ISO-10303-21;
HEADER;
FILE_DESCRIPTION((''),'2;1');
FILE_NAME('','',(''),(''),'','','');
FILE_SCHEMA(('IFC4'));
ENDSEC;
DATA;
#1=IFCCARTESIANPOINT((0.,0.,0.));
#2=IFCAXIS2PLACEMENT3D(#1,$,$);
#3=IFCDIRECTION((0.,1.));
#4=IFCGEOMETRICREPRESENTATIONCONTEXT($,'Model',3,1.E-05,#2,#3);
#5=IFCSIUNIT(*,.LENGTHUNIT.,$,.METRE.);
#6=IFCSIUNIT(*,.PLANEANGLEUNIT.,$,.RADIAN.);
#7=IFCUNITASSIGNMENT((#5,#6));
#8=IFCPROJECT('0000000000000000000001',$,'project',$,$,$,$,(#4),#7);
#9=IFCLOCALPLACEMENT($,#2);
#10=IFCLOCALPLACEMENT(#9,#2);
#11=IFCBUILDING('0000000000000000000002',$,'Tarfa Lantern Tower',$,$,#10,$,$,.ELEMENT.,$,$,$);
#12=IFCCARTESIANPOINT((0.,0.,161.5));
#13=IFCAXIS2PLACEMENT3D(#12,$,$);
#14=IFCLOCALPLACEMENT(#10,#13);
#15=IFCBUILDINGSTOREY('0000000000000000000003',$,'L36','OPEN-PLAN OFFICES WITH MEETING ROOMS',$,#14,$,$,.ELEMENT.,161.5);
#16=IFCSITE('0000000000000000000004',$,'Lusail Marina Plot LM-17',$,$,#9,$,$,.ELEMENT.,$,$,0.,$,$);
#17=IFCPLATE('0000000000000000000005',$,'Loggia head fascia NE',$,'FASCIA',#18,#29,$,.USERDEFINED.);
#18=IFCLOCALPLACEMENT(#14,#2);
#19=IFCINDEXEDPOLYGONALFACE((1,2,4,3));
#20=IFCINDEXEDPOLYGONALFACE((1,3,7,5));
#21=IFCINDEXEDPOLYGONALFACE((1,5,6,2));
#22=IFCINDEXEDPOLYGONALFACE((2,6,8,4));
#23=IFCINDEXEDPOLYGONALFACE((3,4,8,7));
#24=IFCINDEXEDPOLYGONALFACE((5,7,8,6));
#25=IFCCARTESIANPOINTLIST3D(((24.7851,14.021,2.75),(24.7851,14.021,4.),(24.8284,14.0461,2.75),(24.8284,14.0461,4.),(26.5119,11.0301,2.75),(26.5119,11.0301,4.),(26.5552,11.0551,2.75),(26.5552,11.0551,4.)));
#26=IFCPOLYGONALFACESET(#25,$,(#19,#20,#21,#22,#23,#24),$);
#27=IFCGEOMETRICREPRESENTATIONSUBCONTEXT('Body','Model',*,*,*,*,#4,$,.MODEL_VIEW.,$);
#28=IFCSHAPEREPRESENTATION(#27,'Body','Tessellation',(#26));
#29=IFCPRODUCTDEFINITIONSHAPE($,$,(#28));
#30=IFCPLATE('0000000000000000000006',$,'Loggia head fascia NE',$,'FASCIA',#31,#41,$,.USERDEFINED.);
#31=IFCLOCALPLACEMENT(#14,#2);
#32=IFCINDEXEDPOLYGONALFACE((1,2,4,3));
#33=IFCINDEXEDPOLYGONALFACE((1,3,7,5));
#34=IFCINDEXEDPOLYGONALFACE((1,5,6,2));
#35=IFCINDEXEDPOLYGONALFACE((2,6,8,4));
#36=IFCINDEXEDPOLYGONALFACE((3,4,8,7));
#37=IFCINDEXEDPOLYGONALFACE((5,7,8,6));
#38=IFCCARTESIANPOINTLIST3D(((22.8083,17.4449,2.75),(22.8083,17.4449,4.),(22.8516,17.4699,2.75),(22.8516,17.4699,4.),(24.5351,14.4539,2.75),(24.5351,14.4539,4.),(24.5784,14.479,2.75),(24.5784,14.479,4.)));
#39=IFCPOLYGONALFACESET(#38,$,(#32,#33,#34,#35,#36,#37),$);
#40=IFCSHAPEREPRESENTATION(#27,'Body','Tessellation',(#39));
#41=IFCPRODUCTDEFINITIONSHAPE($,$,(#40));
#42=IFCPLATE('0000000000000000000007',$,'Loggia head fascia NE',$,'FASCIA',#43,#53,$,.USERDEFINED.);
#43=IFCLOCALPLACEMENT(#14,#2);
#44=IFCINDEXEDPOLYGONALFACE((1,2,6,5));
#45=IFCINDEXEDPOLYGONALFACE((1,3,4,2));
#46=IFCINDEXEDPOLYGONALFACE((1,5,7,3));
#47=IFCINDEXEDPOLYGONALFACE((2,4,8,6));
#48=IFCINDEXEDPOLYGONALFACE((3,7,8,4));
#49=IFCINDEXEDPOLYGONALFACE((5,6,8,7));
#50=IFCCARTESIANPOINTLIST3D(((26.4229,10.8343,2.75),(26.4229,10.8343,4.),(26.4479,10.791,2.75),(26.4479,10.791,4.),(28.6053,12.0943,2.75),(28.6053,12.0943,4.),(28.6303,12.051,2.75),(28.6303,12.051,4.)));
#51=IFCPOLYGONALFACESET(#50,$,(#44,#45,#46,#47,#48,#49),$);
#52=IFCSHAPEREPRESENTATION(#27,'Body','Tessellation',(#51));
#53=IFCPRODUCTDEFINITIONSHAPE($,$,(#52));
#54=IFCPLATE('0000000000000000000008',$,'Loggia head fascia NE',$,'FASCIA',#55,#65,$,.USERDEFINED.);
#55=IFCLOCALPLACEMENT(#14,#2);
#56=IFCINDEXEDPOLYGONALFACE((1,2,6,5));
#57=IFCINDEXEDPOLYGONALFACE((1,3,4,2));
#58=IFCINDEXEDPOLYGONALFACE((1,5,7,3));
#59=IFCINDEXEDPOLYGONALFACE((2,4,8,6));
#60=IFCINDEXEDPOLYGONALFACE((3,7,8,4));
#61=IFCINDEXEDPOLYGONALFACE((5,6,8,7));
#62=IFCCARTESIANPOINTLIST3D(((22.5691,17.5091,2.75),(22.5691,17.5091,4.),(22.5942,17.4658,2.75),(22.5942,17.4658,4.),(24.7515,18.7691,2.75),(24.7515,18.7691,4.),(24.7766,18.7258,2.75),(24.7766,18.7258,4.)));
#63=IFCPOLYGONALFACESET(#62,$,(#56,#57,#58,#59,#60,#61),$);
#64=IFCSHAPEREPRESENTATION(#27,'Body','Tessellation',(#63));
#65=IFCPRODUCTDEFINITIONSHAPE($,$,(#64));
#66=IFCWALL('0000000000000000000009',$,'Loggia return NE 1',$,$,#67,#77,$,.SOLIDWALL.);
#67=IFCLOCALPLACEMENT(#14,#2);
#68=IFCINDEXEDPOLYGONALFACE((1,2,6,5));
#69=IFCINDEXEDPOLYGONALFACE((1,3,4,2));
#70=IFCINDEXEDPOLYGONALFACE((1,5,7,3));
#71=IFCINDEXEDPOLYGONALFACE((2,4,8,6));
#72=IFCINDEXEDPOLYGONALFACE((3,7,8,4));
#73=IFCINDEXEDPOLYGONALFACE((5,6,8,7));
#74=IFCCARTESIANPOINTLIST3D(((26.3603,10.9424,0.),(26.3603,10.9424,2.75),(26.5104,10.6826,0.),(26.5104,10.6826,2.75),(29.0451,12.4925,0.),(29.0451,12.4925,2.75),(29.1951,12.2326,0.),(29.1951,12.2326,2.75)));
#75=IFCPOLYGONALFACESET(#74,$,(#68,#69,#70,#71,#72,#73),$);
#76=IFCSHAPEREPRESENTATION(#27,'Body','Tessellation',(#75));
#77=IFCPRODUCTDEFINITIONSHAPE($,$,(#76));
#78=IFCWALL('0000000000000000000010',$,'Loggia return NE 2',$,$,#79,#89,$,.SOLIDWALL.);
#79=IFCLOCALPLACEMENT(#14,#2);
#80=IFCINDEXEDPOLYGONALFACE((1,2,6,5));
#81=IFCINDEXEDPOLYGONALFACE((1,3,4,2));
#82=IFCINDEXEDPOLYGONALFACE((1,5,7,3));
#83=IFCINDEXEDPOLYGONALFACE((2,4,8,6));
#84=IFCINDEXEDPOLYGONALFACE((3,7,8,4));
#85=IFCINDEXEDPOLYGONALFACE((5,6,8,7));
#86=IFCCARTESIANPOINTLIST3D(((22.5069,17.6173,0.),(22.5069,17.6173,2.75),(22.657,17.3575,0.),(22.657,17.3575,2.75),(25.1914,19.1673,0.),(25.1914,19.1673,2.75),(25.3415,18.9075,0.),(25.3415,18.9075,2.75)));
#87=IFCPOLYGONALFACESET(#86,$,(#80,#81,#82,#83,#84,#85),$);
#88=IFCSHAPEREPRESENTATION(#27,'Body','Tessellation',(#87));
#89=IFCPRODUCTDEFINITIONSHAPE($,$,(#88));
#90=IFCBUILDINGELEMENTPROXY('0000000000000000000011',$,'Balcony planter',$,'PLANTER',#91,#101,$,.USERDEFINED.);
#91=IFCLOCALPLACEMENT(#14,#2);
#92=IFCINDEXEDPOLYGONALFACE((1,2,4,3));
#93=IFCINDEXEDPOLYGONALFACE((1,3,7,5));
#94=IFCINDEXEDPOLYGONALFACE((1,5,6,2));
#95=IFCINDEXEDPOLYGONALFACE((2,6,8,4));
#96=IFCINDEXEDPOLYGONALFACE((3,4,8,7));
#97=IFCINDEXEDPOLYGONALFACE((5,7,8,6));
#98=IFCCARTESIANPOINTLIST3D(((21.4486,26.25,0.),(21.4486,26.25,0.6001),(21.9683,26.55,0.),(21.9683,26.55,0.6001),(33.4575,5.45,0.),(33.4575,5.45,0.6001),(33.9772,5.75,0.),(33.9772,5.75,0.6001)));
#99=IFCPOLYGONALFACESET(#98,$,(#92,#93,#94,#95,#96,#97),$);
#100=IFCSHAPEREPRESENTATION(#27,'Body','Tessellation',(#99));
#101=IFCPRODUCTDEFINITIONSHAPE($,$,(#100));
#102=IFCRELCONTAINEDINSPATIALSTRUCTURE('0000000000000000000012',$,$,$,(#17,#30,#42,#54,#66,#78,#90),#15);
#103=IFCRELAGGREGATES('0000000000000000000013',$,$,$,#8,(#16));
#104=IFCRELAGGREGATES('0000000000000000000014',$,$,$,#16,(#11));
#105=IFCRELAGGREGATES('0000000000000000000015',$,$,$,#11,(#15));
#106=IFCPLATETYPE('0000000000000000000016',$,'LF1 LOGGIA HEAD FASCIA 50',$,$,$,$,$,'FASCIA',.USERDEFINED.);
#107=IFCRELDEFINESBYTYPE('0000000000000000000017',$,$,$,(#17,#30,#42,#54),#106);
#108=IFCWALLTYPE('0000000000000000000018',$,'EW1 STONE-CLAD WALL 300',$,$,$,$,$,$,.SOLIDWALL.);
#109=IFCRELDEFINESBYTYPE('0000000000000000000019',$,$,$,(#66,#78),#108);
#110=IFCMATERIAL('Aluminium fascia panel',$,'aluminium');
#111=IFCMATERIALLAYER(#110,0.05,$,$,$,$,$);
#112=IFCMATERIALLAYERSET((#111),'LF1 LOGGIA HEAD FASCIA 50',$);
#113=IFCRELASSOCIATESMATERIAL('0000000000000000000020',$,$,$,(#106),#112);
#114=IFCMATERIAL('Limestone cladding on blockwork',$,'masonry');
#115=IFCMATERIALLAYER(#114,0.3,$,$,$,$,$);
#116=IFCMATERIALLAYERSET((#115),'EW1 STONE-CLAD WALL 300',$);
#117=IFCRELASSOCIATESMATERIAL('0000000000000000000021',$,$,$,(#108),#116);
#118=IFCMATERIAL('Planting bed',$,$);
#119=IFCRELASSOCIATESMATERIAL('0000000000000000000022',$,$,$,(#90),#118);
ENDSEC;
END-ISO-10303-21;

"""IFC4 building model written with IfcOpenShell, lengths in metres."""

from ifc_helpers import new_model, si_unit, direction, frame, frame_2d, origin, origin_2d, place, context, subcontext, project, spatial, rectangle, extrude, material, layer, layer_set, type_object, element, save


model = new_model("IFC4")

# Units and contexts
model_context = context("Model", 3, precision=1e-05, world=origin(), true_north=direction((0.0, 1.0)))
body_context = subcontext(model_context, "Body", "Model", "MODEL_VIEW")
ifc_project = project(units=[si_unit("LENGTHUNIT", "METRE"), si_unit("PLANEANGLEUNIT", "RADIAN")], contexts=[model_context])

# Site, building, storey
site_placement = place(None, origin())
site = spatial("IfcSite", under=ifc_project, at=site_placement, Name="Lusail Marina Plot LM-17", CompositionType="ELEMENT", RefElevation=0.0)
building_placement = place(site_placement, origin())
building = spatial("IfcBuilding", under=site, at=building_placement, Name="Tarfa Lantern Tower", CompositionType="ELEMENT")
storey_placement = place(building_placement, frame((0.0, 0.0, 161.5)))
storey = spatial("IfcBuildingStorey", under=building, at=storey_placement, Name="L36", Description="OPEN-PLAN OFFICES WITH MEETING ROOMS", CompositionType="ELEMENT", Elevation=161.5)

# Plates
ifc_material_1 = material(Name="Aluminium fascia panel", Category="aluminium")
ifc_layer_1 = layer(ifc_material_1, 0.05)
ifc_layer_set_1 = layer_set([ifc_layer_1], Name="LF1 LOGGIA HEAD FASCIA 50")
plate_type_1 = type_object("IfcPlateType", Name="LF1 LOGGIA HEAD FASCIA 50", ElementType="FASCIA", PredefinedType="USERDEFINED", material=ifc_layer_set_1)
for number, where, z_axis, x_axis, name in (
    (1, (25.6702, 12.5381, 2.75), (0.0, 0.0, 1.0), (-0.5, 0.866025, 0.0), "Loggia head fascia NE"),
    (2, (23.6934, 15.9619, 2.75), (0.0, 0.0, 1.0), (-0.5, 0.866025, 0.0), "Loggia head fascia NE"),
):
    element("IfcPlate", number, at=place(storey_placement, frame(where, z_axis=z_axis, x_axis=x_axis)), inside=storey, type_object=plate_type_1, Name=name, ObjectType="FASCIA", PredefinedType="USERDEFINED", context=body_context, shape_type="SweptSolid", body=[
        extrude(rectangle(XDim=3.4536, YDim=0.05, at=origin_2d()), origin(), (0.0, 0.0, 1.0), 1.25),
    ])
for number, where, z_axis, x_axis, name in (
    (3, (27.5266, 11.4426, 2.75), (0.0, 0.0, 1.0), (-0.866025, -0.5, 0.0), "Loggia head fascia NE"),
    (4, (23.6729, 18.1174, 2.75), (0.0, 0.0, 1.0), (-0.866025, -0.5, 0.0), "Loggia head fascia NE"),
):
    element("IfcPlate", number, at=place(storey_placement, frame(where, z_axis=z_axis, x_axis=x_axis)), inside=storey, type_object=plate_type_1, Name=name, ObjectType="FASCIA", PredefinedType="USERDEFINED", context=body_context, shape_type="SweptSolid", body=[
        extrude(rectangle(XDim=2.52, YDim=0.05, at=origin_2d()), origin(), (0.0, 0.0, 1.0), 1.25),
    ])

# Walls
ifc_material_2 = material(Name="Limestone cladding on blockwork", Category="masonry")
ifc_layer_2 = layer(ifc_material_2, 0.3)
ifc_layer_set_2 = layer_set([ifc_layer_2], Name="EW1 STONE-CLAD WALL 300")
wall_type = type_object("IfcWallType", Name="EW1 STONE-CLAD WALL 300", PredefinedType="SOLIDWALL", material=ifc_layer_set_2)
wall_1_placement = place(storey_placement, frame((29.1201, 12.3625, 0.0), z_axis=(0.0, 0.0, 1.0), x_axis=(-0.86603, -0.499993, 0.0)))
element("IfcWall", 5, at=wall_1_placement, inside=storey, type_object=wall_type, Name="Loggia return NE 1", PredefinedType="SOLIDWALL", context=body_context, shape_type="SweptSolid", body=[
    extrude(rectangle(XDim=3.1001, YDim=0.3, at=frame_2d((1.55, 0.0))), origin(), (0.0, 0.0, 1.0), 2.75),
])
wall_2_placement = place(storey_placement, frame((25.2664, 19.0374, 0.0), z_axis=(0.0, 0.0, 1.0), x_axis=(-0.86601, -0.500027, 0.0)))
element("IfcWall", 6, at=wall_2_placement, inside=storey, type_object=wall_type, Name="Loggia return NE 2", PredefinedType="SOLIDWALL", context=body_context, shape_type="SweptSolid", body=[
    extrude(rectangle(XDim=3.0999, YDim=0.3, at=frame_2d((1.5498, 0.0))), origin(), (0.0, 0.0, 1.0), 2.75),
])

# Building element proxy
ifc_material_3 = material(Name="Planting bed")
proxy_placement = place(storey_placement, frame((27.7129, 16.0, 0.0), z_axis=(0.0, 0.0, 1.0), x_axis=(-0.5, 0.866025, 0.0)))
element("IfcBuildingElementProxy", 7, at=proxy_placement, inside=storey, material=ifc_material_3, Name="Balcony planter", ObjectType="PLANTER", PredefinedType="USERDEFINED", context=body_context, shape_type="SweptSolid", body=[
    extrude(rectangle(XDim=24.0178, YDim=0.6001, at=origin_2d()), origin(), (0.0, 0.0, 1.0), 0.6001),
])

save(model, "model.ifc")
